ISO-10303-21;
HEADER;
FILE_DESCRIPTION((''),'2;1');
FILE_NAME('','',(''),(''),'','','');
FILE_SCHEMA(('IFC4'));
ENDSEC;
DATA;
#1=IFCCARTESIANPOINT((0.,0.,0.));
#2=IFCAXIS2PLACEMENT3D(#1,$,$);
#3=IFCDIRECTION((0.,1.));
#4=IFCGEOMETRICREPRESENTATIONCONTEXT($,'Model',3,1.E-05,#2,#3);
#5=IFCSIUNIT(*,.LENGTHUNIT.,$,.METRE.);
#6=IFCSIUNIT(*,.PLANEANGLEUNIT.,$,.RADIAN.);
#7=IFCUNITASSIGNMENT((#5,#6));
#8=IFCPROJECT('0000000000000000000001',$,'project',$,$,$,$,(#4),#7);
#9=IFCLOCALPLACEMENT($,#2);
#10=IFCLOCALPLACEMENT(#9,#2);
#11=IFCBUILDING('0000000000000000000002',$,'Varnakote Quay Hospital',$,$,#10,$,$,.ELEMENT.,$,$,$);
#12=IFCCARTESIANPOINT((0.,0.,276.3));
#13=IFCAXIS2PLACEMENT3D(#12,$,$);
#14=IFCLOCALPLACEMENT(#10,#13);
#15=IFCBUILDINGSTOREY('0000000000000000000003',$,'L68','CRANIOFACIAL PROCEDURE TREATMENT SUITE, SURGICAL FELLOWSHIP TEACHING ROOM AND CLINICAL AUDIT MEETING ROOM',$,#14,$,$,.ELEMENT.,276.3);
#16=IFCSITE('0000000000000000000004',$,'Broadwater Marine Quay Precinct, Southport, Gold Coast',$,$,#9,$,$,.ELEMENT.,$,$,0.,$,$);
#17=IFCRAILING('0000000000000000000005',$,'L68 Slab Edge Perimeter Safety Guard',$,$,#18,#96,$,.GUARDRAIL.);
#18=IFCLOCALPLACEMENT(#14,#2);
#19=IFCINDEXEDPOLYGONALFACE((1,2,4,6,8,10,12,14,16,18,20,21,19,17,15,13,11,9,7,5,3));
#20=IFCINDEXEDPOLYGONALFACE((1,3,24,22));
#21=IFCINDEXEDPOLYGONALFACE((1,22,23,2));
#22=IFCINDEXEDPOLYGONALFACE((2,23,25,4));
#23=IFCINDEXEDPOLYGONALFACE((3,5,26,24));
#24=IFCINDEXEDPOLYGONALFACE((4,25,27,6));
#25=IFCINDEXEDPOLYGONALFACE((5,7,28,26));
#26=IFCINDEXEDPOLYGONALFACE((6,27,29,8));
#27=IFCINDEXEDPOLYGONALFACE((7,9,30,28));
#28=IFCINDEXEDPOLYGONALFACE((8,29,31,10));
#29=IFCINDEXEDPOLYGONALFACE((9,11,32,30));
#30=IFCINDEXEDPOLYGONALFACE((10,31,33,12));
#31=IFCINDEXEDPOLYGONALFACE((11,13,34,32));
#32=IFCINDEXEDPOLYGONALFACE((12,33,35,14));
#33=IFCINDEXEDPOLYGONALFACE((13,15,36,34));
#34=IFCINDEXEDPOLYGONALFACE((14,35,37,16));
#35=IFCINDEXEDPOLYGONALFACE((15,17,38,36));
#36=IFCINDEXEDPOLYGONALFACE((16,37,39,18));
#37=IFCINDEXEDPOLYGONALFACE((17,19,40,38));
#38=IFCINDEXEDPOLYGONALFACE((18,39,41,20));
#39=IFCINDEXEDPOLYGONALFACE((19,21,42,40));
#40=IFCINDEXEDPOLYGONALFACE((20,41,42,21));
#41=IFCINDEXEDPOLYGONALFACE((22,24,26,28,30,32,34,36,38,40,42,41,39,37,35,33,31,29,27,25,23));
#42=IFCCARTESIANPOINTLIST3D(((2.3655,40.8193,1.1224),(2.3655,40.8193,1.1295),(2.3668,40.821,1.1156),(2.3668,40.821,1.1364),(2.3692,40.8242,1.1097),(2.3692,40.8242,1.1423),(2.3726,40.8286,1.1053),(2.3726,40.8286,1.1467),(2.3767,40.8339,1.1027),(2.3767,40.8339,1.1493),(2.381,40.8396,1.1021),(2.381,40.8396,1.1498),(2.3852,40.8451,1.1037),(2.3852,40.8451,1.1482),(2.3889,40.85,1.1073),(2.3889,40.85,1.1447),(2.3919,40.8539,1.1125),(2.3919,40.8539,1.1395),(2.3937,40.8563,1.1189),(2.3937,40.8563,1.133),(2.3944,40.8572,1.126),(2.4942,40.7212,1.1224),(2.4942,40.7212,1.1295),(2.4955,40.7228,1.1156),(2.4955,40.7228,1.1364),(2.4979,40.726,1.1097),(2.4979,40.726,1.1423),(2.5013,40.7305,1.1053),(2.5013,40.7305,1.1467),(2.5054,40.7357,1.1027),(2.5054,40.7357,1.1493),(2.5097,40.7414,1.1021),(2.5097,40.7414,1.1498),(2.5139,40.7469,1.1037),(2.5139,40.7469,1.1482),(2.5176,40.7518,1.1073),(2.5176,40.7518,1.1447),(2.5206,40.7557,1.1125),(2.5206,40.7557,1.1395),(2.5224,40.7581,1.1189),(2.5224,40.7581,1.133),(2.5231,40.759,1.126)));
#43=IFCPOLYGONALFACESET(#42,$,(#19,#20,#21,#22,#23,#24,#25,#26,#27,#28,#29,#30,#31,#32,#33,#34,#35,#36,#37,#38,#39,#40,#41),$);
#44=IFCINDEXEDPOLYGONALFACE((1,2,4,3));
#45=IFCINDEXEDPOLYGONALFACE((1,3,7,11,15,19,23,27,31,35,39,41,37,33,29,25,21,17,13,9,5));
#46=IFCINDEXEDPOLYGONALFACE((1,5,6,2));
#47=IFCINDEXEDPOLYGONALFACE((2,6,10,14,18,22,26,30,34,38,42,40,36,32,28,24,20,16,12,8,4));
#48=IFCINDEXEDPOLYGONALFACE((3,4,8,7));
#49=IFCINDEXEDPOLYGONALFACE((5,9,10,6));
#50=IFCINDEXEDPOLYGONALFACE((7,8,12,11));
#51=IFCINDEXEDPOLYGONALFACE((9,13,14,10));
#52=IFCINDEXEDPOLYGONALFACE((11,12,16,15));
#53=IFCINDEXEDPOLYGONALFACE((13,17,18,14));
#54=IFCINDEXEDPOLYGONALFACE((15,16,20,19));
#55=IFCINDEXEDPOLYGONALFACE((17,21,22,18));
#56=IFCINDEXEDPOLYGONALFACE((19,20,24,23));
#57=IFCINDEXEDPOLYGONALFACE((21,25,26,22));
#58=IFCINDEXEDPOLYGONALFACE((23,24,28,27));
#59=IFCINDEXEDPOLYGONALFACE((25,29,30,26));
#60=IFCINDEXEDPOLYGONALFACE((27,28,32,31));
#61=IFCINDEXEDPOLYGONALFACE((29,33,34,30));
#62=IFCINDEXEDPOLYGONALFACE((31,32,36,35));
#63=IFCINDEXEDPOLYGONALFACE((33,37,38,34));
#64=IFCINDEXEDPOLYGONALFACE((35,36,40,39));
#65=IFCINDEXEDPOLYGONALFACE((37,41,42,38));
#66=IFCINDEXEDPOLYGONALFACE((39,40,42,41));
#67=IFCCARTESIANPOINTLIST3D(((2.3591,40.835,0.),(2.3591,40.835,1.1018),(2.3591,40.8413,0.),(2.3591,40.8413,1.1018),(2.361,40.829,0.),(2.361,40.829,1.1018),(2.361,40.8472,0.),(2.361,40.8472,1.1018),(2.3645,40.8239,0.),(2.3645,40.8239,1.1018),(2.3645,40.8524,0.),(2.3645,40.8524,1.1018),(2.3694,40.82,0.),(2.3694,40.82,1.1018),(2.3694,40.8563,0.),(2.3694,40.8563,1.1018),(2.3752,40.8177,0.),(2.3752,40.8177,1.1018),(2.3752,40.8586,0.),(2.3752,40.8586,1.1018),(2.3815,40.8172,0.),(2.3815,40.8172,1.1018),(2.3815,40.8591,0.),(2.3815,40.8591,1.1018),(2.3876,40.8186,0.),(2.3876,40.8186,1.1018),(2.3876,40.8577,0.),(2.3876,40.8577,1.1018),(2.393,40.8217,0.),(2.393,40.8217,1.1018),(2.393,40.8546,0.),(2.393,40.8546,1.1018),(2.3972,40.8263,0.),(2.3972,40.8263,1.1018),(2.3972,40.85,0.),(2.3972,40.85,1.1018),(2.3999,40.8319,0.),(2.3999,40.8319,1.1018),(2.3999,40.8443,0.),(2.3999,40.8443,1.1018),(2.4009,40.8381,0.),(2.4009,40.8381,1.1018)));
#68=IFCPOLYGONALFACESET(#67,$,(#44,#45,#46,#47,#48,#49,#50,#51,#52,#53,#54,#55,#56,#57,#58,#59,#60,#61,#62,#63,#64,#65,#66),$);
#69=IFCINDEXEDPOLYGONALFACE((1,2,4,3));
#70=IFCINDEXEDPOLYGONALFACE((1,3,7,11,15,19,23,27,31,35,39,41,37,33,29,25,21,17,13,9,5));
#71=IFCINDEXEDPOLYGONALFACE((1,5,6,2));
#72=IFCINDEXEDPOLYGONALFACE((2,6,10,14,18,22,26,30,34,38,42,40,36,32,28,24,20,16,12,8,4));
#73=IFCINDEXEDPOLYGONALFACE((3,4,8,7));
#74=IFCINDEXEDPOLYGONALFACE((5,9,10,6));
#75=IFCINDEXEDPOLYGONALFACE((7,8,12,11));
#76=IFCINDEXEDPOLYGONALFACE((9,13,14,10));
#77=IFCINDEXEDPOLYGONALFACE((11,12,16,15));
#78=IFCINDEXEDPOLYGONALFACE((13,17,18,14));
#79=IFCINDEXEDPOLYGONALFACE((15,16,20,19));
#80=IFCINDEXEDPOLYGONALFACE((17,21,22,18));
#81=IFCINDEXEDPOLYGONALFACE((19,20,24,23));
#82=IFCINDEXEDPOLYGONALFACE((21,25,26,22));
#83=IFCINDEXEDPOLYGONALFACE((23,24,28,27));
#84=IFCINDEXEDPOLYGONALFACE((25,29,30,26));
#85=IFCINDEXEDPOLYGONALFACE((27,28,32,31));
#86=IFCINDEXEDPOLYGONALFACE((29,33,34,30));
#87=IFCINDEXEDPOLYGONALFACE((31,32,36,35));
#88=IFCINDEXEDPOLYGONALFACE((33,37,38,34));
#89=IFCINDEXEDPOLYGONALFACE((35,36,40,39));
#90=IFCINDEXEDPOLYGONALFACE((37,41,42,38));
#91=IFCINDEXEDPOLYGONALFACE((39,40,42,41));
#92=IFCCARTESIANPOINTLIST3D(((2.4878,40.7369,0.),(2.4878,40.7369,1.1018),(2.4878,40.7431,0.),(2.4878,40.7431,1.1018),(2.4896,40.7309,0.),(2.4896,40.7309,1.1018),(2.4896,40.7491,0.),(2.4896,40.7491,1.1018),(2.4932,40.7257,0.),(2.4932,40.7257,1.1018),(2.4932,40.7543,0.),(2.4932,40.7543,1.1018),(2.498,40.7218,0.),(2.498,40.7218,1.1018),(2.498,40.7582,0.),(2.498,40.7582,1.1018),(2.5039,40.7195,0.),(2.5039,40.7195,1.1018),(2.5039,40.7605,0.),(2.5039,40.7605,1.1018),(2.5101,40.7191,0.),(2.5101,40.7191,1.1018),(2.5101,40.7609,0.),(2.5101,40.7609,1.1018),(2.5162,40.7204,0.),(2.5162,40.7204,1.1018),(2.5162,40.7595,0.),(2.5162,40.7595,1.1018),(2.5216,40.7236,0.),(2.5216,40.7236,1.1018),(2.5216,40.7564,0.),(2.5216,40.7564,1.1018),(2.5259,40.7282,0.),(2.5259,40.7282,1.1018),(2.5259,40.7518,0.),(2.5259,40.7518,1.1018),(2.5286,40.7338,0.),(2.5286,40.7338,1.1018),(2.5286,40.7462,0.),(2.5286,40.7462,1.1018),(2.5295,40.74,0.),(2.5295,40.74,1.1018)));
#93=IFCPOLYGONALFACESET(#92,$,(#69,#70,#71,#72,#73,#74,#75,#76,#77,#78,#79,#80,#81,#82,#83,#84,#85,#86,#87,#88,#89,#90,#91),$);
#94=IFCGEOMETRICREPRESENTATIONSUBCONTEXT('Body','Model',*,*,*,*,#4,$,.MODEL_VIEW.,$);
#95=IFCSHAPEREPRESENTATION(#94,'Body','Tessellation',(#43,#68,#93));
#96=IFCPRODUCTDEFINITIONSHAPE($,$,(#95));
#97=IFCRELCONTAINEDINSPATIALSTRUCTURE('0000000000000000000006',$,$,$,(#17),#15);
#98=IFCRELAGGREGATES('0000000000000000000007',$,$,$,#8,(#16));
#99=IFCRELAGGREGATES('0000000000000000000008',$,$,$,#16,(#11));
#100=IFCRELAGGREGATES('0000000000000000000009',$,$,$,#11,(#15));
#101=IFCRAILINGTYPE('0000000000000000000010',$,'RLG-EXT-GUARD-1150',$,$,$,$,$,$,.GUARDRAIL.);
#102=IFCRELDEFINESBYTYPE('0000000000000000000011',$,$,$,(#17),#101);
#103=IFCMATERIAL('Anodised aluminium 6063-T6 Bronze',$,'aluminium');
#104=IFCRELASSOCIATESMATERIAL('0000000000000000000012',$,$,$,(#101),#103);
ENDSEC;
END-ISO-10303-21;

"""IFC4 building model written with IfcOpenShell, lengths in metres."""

from ifc_helpers import new_model, si_unit, direction, frame, origin, origin_2d, place, context, subcontext, project, spatial, circle, extrude, material, type_object, element, save


model = new_model("IFC4")

# Units and contexts
model_context = context("Model", 3, precision=1e-05, world=origin(), true_north=direction((0.0, 1.0)))
body_context = subcontext(model_context, "Body", "Model", "MODEL_VIEW")
ifc_project = project(units=[si_unit("LENGTHUNIT", "METRE"), si_unit("PLANEANGLEUNIT", "RADIAN")], contexts=[model_context])

# Site, building, storey
site_placement = place(None, origin())
site = spatial("IfcSite", under=ifc_project, at=site_placement, Name="Broadwater Marine Quay Precinct, Southport, Gold Coast", CompositionType="ELEMENT", RefElevation=0.0)
building_placement = place(site_placement, origin())
building = spatial("IfcBuilding", under=site, at=building_placement, Name="Varnakote Quay Hospital", CompositionType="ELEMENT")
storey_placement = place(building_placement, frame((0.0, 0.0, 276.3)))
storey = spatial("IfcBuildingStorey", under=building, at=storey_placement, Name="L68", Description="CRANIOFACIAL PROCEDURE TREATMENT SUITE, SURGICAL FELLOWSHIP TEACHING ROOM AND CLINICAL AUDIT MEETING ROOM", CompositionType="ELEMENT", Elevation=276.3)

# Railing
ifc_material_1 = material(Name="Anodised aluminium 6063-T6 Bronze", Category="aluminium")
railing_type = type_object("IfcRailingType", Name="RLG-EXT-GUARD-1150", PredefinedType="GUARDRAIL", material=ifc_material_1)
railing_1_placement = place(storey_placement, frame((2.3799, 40.8381, 0.0)))
element("IfcRailing", 1, at=railing_1_placement, inside=storey, type_object=railing_type, Name="L68 Slab Edge Perimeter Safety Guard", PredefinedType="GUARDRAIL", context=body_context, shape_type="SweptSolid", body=[
    extrude(circle(Radius=0.0239, at=origin_2d()), frame((0.0, 0.0, 1.126), z_axis=(0.795085, -0.606498, 0.0), x_axis=(0.606498, 0.795085, 0.0)), (0.0, 0.0, 1.0), 0.1619),
    extrude(circle(Radius=0.021, at=origin_2d()), origin(), (0.0, 0.0, 1.0), 1.1018),
    extrude(circle(Radius=0.021, at=origin_2d()), frame((0.1287, -0.0981, 0.0)), (0.0, 0.0, 1.0), 1.1018),
])

save(model, "model.ifc")
